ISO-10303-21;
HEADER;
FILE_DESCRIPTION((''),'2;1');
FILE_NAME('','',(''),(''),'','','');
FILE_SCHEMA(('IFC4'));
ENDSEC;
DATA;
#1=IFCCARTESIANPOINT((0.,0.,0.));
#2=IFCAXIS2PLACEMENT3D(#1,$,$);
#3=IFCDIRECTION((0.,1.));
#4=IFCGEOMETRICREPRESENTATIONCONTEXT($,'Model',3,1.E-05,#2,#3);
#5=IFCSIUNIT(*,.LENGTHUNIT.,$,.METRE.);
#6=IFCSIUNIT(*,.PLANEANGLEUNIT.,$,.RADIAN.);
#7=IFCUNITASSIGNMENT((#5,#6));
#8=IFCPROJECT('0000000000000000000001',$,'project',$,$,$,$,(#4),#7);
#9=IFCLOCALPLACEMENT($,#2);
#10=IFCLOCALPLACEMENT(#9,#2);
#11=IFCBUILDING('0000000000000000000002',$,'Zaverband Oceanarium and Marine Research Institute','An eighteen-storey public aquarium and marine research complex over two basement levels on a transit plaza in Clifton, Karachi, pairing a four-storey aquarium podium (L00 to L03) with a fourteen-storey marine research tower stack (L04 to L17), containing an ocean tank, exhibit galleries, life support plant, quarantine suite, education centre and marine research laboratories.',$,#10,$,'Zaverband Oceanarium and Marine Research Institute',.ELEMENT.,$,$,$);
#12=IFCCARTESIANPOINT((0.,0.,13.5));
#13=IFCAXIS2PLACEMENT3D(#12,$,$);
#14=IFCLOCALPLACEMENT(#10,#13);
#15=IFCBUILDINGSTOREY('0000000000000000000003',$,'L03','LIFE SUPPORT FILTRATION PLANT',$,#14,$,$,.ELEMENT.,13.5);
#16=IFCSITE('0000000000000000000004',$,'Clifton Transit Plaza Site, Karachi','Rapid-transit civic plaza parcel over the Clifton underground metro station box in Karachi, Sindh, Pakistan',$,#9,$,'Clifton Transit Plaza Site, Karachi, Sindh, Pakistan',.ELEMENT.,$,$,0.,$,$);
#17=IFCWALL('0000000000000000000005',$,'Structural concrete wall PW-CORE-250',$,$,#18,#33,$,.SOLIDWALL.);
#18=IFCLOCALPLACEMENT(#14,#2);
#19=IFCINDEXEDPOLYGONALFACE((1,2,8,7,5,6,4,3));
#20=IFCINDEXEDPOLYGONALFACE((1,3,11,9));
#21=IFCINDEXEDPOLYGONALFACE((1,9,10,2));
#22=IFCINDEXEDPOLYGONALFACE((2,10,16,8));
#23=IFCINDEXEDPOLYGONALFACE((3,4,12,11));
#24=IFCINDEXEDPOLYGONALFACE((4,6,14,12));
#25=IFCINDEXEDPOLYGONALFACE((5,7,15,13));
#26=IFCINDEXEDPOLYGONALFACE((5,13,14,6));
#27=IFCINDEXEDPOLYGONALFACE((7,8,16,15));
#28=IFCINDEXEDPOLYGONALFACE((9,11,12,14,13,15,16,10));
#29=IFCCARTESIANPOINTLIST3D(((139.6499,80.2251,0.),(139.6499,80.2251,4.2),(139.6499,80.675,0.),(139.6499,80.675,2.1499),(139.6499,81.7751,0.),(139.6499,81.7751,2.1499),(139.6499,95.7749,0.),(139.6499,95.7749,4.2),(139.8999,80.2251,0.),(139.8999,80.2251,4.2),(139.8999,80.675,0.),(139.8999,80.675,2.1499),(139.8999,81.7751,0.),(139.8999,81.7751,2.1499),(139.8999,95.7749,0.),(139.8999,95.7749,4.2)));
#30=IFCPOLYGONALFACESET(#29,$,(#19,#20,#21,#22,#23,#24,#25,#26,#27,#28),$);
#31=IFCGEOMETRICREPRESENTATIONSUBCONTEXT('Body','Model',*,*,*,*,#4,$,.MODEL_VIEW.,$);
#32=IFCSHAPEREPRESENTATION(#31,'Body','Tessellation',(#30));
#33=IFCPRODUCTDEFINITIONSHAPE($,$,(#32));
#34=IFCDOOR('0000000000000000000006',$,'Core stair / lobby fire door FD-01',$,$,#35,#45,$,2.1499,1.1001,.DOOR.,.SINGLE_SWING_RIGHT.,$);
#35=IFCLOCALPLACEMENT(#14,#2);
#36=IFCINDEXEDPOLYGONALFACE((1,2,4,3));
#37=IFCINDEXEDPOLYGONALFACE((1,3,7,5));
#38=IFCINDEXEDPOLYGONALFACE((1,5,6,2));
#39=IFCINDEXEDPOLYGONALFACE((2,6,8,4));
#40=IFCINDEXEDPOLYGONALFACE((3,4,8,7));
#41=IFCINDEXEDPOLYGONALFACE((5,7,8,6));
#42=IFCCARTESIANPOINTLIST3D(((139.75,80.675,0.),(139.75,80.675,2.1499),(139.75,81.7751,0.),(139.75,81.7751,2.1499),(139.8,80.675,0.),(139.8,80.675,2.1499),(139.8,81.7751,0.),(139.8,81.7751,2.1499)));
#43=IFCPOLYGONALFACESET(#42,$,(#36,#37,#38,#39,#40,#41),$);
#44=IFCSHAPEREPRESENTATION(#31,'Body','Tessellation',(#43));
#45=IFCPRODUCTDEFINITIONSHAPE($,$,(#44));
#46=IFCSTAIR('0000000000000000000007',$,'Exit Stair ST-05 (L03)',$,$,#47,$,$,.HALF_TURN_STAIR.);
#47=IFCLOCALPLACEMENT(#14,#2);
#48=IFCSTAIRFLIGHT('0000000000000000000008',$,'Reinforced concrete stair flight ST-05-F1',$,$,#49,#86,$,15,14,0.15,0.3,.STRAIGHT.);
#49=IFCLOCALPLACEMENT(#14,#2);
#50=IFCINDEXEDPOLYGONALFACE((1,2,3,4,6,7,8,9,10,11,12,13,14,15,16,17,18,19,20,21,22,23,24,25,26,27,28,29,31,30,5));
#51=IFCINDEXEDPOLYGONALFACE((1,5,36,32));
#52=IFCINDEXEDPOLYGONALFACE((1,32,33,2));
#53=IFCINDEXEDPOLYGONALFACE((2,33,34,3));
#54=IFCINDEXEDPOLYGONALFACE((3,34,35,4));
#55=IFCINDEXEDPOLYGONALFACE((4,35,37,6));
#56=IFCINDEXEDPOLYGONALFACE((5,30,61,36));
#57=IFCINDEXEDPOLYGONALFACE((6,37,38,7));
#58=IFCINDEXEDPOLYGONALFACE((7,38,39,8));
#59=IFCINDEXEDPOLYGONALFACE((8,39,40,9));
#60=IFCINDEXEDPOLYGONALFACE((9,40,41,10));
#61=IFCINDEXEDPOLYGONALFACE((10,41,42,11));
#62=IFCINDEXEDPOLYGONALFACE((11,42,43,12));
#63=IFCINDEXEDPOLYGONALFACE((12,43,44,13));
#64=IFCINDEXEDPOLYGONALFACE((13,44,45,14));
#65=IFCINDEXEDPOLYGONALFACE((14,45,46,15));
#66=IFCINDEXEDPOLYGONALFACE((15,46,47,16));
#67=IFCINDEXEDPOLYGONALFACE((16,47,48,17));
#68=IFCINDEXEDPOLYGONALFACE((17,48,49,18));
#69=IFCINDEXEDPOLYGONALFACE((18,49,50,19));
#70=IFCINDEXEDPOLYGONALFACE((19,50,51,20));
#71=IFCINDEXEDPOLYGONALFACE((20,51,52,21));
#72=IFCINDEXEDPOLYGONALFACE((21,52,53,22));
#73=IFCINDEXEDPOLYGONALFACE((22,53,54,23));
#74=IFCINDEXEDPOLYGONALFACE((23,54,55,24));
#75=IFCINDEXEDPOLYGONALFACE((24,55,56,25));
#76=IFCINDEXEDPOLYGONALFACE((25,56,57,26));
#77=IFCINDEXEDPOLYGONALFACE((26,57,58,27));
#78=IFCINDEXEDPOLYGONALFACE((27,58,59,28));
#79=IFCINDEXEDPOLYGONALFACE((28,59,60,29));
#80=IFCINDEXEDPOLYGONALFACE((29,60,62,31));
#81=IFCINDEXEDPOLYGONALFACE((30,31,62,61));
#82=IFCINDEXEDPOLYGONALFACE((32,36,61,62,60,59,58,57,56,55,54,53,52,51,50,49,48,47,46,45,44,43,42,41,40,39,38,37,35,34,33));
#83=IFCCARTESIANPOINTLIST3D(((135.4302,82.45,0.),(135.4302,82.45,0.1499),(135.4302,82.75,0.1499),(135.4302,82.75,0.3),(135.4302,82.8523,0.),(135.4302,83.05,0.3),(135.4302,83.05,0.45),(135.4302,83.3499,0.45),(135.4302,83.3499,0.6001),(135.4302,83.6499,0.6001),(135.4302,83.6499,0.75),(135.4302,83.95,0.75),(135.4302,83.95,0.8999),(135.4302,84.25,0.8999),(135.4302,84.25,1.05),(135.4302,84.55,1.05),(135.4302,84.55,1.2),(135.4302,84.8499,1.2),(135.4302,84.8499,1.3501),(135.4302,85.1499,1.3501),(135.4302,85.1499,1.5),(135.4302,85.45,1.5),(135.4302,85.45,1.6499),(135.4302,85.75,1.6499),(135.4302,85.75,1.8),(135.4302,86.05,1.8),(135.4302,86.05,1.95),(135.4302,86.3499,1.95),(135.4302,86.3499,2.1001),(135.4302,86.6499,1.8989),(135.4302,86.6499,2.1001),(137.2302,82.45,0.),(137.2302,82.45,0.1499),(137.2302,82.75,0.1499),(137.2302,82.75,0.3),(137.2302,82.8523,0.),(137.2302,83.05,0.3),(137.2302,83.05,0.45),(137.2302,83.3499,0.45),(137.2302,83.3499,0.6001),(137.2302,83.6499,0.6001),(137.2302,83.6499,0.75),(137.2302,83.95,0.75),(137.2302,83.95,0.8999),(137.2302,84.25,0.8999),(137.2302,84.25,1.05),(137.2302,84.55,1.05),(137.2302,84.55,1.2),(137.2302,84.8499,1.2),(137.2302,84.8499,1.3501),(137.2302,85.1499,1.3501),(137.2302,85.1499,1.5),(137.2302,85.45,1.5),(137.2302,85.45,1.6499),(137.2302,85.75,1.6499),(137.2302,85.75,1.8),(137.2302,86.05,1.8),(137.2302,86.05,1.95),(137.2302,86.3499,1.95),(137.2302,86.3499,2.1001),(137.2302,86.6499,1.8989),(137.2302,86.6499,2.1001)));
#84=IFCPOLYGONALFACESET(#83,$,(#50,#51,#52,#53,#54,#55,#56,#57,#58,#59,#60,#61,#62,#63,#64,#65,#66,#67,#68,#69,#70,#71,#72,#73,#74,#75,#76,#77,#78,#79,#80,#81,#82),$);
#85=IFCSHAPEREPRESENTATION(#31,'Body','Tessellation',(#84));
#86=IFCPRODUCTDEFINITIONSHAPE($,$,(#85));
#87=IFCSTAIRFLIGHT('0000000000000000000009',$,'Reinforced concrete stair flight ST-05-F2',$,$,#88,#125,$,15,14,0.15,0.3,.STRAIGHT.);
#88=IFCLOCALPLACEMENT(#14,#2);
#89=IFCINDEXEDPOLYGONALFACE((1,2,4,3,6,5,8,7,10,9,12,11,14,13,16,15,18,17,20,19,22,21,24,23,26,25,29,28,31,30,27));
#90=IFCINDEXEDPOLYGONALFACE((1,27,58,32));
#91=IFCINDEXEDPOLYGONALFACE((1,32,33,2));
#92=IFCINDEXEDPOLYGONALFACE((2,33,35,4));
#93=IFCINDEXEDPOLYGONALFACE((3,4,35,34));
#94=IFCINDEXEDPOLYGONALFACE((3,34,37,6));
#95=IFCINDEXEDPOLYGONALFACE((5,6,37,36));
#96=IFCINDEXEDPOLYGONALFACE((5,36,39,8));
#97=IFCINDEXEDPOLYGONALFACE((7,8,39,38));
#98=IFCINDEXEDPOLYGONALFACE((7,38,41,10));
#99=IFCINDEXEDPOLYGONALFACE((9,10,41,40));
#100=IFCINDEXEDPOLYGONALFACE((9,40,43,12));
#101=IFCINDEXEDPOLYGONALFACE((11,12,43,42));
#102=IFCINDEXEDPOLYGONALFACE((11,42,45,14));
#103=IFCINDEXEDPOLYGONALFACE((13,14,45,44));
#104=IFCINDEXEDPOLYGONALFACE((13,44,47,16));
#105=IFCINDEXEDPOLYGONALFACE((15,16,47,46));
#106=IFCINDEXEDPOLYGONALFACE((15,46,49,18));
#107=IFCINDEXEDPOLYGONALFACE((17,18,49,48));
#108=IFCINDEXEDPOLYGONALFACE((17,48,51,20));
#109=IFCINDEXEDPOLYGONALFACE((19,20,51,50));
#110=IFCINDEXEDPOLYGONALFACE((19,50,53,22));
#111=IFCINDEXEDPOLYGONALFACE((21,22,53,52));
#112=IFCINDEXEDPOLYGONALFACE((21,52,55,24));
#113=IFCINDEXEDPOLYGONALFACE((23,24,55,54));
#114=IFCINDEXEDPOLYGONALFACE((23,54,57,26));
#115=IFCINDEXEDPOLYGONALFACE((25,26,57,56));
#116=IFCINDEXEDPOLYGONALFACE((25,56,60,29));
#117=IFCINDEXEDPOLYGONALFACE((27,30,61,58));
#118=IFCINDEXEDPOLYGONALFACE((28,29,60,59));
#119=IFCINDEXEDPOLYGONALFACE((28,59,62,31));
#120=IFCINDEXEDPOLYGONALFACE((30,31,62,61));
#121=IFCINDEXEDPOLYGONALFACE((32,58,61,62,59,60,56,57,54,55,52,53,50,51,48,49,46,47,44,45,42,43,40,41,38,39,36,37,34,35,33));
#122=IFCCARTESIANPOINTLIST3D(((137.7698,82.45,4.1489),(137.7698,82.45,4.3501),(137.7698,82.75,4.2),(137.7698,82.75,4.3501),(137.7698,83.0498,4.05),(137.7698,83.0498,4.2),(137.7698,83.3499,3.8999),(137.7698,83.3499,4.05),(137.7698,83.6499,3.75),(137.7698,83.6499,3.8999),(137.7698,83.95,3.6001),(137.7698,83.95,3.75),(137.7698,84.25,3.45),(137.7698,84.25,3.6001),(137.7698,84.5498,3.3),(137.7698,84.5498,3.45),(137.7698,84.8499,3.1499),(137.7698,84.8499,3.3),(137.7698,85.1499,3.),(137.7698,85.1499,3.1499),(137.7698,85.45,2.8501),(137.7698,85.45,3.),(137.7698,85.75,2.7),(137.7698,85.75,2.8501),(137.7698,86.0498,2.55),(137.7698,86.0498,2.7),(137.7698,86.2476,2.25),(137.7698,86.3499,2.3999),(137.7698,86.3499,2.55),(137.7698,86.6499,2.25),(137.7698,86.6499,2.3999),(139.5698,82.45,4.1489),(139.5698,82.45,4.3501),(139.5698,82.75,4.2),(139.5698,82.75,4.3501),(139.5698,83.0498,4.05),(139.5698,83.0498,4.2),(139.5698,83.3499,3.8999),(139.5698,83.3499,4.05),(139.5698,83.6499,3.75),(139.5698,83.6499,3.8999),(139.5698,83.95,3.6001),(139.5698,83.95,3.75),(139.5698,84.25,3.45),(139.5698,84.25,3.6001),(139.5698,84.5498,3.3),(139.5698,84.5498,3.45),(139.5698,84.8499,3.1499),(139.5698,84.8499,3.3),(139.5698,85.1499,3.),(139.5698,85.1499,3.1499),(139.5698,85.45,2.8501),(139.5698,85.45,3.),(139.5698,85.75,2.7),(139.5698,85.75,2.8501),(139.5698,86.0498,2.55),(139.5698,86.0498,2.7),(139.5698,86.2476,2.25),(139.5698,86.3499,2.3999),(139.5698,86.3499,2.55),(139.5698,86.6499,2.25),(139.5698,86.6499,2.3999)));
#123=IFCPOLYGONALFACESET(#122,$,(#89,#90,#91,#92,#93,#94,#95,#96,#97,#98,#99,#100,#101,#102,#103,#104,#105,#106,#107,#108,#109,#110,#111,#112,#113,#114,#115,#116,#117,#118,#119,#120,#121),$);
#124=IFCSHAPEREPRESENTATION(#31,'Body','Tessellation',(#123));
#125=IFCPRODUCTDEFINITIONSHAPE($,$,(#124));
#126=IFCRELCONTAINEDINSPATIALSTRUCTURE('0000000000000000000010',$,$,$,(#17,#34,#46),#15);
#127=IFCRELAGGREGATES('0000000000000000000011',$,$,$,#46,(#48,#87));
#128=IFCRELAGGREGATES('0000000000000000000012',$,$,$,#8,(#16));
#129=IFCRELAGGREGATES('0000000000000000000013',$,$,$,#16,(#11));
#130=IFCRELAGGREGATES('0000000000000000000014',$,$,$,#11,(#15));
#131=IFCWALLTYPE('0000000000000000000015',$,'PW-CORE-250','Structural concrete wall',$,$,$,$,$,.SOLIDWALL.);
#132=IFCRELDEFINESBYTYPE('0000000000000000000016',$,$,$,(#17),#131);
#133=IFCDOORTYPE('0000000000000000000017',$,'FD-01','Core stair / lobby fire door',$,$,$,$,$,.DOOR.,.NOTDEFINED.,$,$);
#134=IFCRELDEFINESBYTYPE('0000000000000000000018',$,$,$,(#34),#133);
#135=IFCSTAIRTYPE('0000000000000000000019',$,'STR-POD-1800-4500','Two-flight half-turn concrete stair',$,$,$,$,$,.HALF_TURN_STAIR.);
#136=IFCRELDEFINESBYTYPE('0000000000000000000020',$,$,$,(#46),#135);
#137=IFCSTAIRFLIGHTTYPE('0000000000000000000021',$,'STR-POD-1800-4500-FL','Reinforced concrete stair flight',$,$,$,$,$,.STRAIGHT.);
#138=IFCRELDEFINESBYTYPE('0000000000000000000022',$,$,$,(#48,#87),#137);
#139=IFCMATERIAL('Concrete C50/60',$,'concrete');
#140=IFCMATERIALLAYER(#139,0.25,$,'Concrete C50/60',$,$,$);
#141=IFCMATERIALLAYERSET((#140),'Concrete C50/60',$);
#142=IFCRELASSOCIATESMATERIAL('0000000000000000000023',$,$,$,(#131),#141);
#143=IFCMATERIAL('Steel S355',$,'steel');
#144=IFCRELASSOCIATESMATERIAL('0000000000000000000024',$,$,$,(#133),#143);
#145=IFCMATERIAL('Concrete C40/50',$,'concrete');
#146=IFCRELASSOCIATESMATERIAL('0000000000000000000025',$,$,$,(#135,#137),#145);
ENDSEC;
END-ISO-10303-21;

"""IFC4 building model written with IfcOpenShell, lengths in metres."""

from ifc_helpers import new_model, si_unit, direction, frame, frame_2d, origin, place, context, subcontext, project, spatial, polyline, rectangle, outline, extrude, material, layer, layer_set, type_object, element, fill, aggregate, save


model = new_model("IFC4")

# Units and contexts
model_context = context("Model", 3, precision=1e-05, world=origin(), true_north=direction((0.0, 1.0)))
body_context = subcontext(model_context, "Body", "Model", "MODEL_VIEW")
ifc_project = project(units=[si_unit("LENGTHUNIT", "METRE"), si_unit("PLANEANGLEUNIT", "RADIAN")], contexts=[model_context])

# Site, building, storey
site_placement = place(None, origin())
site = spatial("IfcSite", under=ifc_project, at=site_placement, Name="Clifton Transit Plaza Site, Karachi", Description="Rapid-transit civic plaza parcel over the Clifton underground metro station box in Karachi, Sindh, Pakistan", LongName="Clifton Transit Plaza Site, Karachi, Sindh, Pakistan", CompositionType="ELEMENT", RefElevation=0.0)
building_placement = place(site_placement, origin())
building = spatial("IfcBuilding", under=site, at=building_placement, Name="Zaverband Oceanarium and Marine Research Institute", Description="An eighteen-storey public aquarium and marine research complex over two basement levels on a transit plaza in Clifton, Karachi, pairing a four-storey aquarium podium (L00 to L03) with a fourteen-storey marine research tower stack (L04 to L17), containing an ocean tank, exhibit galleries, life support plant, quarantine suite, education centre and marine research laboratories.", LongName="Zaverband Oceanarium and Marine Research Institute", CompositionType="ELEMENT")
storey_placement = place(building_placement, frame((0.0, 0.0, 13.5)))
storey = spatial("IfcBuildingStorey", under=building, at=storey_placement, Name="L03", Description="LIFE SUPPORT FILTRATION PLANT", CompositionType="ELEMENT", Elevation=13.5)

# Shared definitions
ifc_material_1 = material(Name="Concrete C50/60", Category="concrete")

# Shared definitions
ifc_material_2 = material(Name="Concrete C40/50", Category="concrete")

# Wall, opening, door
ifc_layer_1 = layer(ifc_material_1, 0.25, Name="Concrete C50/60")
ifc_layer_set_1 = layer_set([ifc_layer_1], Name="Concrete C50/60")
wall_type_1 = type_object("IfcWallType", Name="PW-CORE-250", Description="Structural concrete wall", PredefinedType="SOLIDWALL", material=ifc_layer_set_1)
wall_1_placement = place(storey_placement, frame((139.7749, 80.2251, 0.0), z_axis=(0.0, 0.0, 1.0), x_axis=(0.0, 1.0, 0.0)))
wall_1 = element("IfcWall", 1, at=wall_1_placement, inside=storey, type_object=wall_type_1, Name="Structural concrete wall PW-CORE-250", PredefinedType="SOLIDWALL", context=body_context, shape_type="SweptSolid", body=[
    extrude(rectangle(XDim=15.5498, YDim=0.25, at=frame_2d((7.7749, 0.0))), origin(), (0.0, 0.0, 1.0), 4.2),
])
opening_placement = place(wall_1_placement, frame((0.45, 0.0, 0.0)))
opening = element("IfcOpeningElement", 2, at=opening_placement, cuts=wall_1, PredefinedType="OPENING", context=body_context, shape_type="SweptSolid", body=[
    extrude(rectangle(XDim=1.1001, YDim=2.1499, at=frame_2d((0.55, 1.075))), frame((0.0, 0.137, 0.0), z_axis=(0.0, -1.0, 0.0), x_axis=(1.0, 0.0, 0.0)), (0.0, 0.0, 1.0), 0.2739),
])
ifc_material_3 = material(Name="Steel S355", Category="steel")
door_type = type_object("IfcDoorType", Name="FD-01", Description="Core stair / lobby fire door", OperationType="NOTDEFINED", PredefinedType="DOOR", material=ifc_material_3)
door_placement = place(opening_placement, origin())
door = element("IfcDoor", 3, at=door_placement, inside=storey, type_object=door_type, Name="Core stair / lobby fire door FD-01", OperationType="SINGLE_SWING_RIGHT", OverallHeight=2.1499, OverallWidth=1.1001, PredefinedType="DOOR", context=body_context, shape_type="SweptSolid", body=[
    extrude(rectangle(XDim=1.1001, YDim=2.1499, at=frame_2d((0.55, 1.075))), frame((0.0, 0.0249, 0.0), z_axis=(0.0, -1.0, 0.0), x_axis=(1.0, 0.0, 0.0)), (0.0, 0.0, 1.0), 0.05),
])
fill(opening, door)

# Stair, stair flights
stair_type = type_object("IfcStairType", Name="STR-POD-1800-4500", Description="Two-flight half-turn concrete stair", PredefinedType="HALF_TURN_STAIR", material=ifc_material_2)
stair_placement = place(storey_placement, origin())
stair = element("IfcStair", 4, at=stair_placement, inside=storey, type_object=stair_type, Name="Exit Stair ST-05 (L03)", PredefinedType="HALF_TURN_STAIR")
stair_flight_type = type_object("IfcStairFlightType", Name="STR-POD-1800-4500-FL", Description="Reinforced concrete stair flight", PredefinedType="STRAIGHT", material=ifc_material_2)
stair_flight_1_placement = place(storey_placement, frame((136.3301, 82.45, 0.0), z_axis=(0.0, 0.0, 1.0), x_axis=(0.0, 1.0, 0.0)))
stair_flight_1 = element("IfcStairFlight", 5, at=stair_flight_1_placement, type_object=stair_flight_type, Name="Reinforced concrete stair flight ST-05-F1", NumberOfRisers=15, NumberOfTreads=14, PredefinedType="STRAIGHT", RiserHeight=0.15, TreadLength=0.3, context=body_context, shape_type="SweptSolid", body=[
    extrude(outline(polyline([(0.0, 0.0), (0.0, 0.1499), (0.3, 0.1499), (0.3, 0.3), (0.6001, 0.3), (0.6001, 0.45), (0.8999, 0.45), (0.8999, 0.6001), (1.2, 0.6001), (1.2, 0.75), (1.5, 0.75), (1.5, 0.8999), (1.8, 0.8999), (1.8, 1.05), (2.1001, 1.05), (2.1001, 1.2), (2.3999, 1.2), (2.3999, 1.3501), (2.7, 1.3501), (2.7, 1.5), (3.0, 1.5), (3.0, 1.6499), (3.3, 1.6499), (3.3, 1.8), (3.6001, 1.8), (3.6001, 1.95), (3.8999, 1.95), (3.8999, 2.1001), (4.2, 2.1001), (4.2, 2.25), (4.2, 1.8989), (0.4023, 0.0), (0.0, 0.0)])), frame((0.0, 0.8999, 0.0), z_axis=(0.0, -1.0, 0.0), x_axis=(1.0, 0.0, 0.0)), (0.0, 0.0, 1.0), 1.8),
])
stair_flight_2_placement = place(storey_placement, frame((138.6699, 86.6499, 2.25), z_axis=(0.0, 0.0, 1.0), x_axis=(0.0, -1.0, 0.0)))
stair_flight_2 = element("IfcStairFlight", 6, at=stair_flight_2_placement, type_object=stair_flight_type, Name="Reinforced concrete stair flight ST-05-F2", NumberOfRisers=15, NumberOfTreads=14, PredefinedType="STRAIGHT", RiserHeight=0.15, TreadLength=0.3, context=body_context, shape_type="SweptSolid", body=[
    extrude(outline(polyline([(0.0, 0.0), (0.0, 0.1499), (0.3, 0.1499), (0.3, 0.3), (0.6001, 0.3), (0.6001, 0.45), (0.8999, 0.45), (0.8999, 0.6001), (1.2, 0.6001), (1.2, 0.75), (1.5, 0.75), (1.5, 0.8999), (1.8, 0.8999), (1.8, 1.05), (2.1001, 1.05), (2.1001, 1.2), (2.3999, 1.2), (2.3999, 1.3501), (2.7, 1.3501), (2.7, 1.5), (3.0, 1.5), (3.0, 1.6499), (3.3, 1.6499), (3.3, 1.8), (3.6001, 1.8), (3.6001, 1.95), (3.8999, 1.95), (3.8999, 2.1001), (4.2, 2.1001), (4.2, 2.25), (4.2, 1.8989), (0.4023, 0.0), (0.0, 0.0)])), frame((0.0, 0.8999, 0.0), z_axis=(0.0, -1.0, 0.0), x_axis=(1.0, 0.0, 0.0)), (0.0, 0.0, 1.0), 1.8),
])
aggregate(stair, [stair_flight_1, stair_flight_2])

save(model, "model.ifc")
